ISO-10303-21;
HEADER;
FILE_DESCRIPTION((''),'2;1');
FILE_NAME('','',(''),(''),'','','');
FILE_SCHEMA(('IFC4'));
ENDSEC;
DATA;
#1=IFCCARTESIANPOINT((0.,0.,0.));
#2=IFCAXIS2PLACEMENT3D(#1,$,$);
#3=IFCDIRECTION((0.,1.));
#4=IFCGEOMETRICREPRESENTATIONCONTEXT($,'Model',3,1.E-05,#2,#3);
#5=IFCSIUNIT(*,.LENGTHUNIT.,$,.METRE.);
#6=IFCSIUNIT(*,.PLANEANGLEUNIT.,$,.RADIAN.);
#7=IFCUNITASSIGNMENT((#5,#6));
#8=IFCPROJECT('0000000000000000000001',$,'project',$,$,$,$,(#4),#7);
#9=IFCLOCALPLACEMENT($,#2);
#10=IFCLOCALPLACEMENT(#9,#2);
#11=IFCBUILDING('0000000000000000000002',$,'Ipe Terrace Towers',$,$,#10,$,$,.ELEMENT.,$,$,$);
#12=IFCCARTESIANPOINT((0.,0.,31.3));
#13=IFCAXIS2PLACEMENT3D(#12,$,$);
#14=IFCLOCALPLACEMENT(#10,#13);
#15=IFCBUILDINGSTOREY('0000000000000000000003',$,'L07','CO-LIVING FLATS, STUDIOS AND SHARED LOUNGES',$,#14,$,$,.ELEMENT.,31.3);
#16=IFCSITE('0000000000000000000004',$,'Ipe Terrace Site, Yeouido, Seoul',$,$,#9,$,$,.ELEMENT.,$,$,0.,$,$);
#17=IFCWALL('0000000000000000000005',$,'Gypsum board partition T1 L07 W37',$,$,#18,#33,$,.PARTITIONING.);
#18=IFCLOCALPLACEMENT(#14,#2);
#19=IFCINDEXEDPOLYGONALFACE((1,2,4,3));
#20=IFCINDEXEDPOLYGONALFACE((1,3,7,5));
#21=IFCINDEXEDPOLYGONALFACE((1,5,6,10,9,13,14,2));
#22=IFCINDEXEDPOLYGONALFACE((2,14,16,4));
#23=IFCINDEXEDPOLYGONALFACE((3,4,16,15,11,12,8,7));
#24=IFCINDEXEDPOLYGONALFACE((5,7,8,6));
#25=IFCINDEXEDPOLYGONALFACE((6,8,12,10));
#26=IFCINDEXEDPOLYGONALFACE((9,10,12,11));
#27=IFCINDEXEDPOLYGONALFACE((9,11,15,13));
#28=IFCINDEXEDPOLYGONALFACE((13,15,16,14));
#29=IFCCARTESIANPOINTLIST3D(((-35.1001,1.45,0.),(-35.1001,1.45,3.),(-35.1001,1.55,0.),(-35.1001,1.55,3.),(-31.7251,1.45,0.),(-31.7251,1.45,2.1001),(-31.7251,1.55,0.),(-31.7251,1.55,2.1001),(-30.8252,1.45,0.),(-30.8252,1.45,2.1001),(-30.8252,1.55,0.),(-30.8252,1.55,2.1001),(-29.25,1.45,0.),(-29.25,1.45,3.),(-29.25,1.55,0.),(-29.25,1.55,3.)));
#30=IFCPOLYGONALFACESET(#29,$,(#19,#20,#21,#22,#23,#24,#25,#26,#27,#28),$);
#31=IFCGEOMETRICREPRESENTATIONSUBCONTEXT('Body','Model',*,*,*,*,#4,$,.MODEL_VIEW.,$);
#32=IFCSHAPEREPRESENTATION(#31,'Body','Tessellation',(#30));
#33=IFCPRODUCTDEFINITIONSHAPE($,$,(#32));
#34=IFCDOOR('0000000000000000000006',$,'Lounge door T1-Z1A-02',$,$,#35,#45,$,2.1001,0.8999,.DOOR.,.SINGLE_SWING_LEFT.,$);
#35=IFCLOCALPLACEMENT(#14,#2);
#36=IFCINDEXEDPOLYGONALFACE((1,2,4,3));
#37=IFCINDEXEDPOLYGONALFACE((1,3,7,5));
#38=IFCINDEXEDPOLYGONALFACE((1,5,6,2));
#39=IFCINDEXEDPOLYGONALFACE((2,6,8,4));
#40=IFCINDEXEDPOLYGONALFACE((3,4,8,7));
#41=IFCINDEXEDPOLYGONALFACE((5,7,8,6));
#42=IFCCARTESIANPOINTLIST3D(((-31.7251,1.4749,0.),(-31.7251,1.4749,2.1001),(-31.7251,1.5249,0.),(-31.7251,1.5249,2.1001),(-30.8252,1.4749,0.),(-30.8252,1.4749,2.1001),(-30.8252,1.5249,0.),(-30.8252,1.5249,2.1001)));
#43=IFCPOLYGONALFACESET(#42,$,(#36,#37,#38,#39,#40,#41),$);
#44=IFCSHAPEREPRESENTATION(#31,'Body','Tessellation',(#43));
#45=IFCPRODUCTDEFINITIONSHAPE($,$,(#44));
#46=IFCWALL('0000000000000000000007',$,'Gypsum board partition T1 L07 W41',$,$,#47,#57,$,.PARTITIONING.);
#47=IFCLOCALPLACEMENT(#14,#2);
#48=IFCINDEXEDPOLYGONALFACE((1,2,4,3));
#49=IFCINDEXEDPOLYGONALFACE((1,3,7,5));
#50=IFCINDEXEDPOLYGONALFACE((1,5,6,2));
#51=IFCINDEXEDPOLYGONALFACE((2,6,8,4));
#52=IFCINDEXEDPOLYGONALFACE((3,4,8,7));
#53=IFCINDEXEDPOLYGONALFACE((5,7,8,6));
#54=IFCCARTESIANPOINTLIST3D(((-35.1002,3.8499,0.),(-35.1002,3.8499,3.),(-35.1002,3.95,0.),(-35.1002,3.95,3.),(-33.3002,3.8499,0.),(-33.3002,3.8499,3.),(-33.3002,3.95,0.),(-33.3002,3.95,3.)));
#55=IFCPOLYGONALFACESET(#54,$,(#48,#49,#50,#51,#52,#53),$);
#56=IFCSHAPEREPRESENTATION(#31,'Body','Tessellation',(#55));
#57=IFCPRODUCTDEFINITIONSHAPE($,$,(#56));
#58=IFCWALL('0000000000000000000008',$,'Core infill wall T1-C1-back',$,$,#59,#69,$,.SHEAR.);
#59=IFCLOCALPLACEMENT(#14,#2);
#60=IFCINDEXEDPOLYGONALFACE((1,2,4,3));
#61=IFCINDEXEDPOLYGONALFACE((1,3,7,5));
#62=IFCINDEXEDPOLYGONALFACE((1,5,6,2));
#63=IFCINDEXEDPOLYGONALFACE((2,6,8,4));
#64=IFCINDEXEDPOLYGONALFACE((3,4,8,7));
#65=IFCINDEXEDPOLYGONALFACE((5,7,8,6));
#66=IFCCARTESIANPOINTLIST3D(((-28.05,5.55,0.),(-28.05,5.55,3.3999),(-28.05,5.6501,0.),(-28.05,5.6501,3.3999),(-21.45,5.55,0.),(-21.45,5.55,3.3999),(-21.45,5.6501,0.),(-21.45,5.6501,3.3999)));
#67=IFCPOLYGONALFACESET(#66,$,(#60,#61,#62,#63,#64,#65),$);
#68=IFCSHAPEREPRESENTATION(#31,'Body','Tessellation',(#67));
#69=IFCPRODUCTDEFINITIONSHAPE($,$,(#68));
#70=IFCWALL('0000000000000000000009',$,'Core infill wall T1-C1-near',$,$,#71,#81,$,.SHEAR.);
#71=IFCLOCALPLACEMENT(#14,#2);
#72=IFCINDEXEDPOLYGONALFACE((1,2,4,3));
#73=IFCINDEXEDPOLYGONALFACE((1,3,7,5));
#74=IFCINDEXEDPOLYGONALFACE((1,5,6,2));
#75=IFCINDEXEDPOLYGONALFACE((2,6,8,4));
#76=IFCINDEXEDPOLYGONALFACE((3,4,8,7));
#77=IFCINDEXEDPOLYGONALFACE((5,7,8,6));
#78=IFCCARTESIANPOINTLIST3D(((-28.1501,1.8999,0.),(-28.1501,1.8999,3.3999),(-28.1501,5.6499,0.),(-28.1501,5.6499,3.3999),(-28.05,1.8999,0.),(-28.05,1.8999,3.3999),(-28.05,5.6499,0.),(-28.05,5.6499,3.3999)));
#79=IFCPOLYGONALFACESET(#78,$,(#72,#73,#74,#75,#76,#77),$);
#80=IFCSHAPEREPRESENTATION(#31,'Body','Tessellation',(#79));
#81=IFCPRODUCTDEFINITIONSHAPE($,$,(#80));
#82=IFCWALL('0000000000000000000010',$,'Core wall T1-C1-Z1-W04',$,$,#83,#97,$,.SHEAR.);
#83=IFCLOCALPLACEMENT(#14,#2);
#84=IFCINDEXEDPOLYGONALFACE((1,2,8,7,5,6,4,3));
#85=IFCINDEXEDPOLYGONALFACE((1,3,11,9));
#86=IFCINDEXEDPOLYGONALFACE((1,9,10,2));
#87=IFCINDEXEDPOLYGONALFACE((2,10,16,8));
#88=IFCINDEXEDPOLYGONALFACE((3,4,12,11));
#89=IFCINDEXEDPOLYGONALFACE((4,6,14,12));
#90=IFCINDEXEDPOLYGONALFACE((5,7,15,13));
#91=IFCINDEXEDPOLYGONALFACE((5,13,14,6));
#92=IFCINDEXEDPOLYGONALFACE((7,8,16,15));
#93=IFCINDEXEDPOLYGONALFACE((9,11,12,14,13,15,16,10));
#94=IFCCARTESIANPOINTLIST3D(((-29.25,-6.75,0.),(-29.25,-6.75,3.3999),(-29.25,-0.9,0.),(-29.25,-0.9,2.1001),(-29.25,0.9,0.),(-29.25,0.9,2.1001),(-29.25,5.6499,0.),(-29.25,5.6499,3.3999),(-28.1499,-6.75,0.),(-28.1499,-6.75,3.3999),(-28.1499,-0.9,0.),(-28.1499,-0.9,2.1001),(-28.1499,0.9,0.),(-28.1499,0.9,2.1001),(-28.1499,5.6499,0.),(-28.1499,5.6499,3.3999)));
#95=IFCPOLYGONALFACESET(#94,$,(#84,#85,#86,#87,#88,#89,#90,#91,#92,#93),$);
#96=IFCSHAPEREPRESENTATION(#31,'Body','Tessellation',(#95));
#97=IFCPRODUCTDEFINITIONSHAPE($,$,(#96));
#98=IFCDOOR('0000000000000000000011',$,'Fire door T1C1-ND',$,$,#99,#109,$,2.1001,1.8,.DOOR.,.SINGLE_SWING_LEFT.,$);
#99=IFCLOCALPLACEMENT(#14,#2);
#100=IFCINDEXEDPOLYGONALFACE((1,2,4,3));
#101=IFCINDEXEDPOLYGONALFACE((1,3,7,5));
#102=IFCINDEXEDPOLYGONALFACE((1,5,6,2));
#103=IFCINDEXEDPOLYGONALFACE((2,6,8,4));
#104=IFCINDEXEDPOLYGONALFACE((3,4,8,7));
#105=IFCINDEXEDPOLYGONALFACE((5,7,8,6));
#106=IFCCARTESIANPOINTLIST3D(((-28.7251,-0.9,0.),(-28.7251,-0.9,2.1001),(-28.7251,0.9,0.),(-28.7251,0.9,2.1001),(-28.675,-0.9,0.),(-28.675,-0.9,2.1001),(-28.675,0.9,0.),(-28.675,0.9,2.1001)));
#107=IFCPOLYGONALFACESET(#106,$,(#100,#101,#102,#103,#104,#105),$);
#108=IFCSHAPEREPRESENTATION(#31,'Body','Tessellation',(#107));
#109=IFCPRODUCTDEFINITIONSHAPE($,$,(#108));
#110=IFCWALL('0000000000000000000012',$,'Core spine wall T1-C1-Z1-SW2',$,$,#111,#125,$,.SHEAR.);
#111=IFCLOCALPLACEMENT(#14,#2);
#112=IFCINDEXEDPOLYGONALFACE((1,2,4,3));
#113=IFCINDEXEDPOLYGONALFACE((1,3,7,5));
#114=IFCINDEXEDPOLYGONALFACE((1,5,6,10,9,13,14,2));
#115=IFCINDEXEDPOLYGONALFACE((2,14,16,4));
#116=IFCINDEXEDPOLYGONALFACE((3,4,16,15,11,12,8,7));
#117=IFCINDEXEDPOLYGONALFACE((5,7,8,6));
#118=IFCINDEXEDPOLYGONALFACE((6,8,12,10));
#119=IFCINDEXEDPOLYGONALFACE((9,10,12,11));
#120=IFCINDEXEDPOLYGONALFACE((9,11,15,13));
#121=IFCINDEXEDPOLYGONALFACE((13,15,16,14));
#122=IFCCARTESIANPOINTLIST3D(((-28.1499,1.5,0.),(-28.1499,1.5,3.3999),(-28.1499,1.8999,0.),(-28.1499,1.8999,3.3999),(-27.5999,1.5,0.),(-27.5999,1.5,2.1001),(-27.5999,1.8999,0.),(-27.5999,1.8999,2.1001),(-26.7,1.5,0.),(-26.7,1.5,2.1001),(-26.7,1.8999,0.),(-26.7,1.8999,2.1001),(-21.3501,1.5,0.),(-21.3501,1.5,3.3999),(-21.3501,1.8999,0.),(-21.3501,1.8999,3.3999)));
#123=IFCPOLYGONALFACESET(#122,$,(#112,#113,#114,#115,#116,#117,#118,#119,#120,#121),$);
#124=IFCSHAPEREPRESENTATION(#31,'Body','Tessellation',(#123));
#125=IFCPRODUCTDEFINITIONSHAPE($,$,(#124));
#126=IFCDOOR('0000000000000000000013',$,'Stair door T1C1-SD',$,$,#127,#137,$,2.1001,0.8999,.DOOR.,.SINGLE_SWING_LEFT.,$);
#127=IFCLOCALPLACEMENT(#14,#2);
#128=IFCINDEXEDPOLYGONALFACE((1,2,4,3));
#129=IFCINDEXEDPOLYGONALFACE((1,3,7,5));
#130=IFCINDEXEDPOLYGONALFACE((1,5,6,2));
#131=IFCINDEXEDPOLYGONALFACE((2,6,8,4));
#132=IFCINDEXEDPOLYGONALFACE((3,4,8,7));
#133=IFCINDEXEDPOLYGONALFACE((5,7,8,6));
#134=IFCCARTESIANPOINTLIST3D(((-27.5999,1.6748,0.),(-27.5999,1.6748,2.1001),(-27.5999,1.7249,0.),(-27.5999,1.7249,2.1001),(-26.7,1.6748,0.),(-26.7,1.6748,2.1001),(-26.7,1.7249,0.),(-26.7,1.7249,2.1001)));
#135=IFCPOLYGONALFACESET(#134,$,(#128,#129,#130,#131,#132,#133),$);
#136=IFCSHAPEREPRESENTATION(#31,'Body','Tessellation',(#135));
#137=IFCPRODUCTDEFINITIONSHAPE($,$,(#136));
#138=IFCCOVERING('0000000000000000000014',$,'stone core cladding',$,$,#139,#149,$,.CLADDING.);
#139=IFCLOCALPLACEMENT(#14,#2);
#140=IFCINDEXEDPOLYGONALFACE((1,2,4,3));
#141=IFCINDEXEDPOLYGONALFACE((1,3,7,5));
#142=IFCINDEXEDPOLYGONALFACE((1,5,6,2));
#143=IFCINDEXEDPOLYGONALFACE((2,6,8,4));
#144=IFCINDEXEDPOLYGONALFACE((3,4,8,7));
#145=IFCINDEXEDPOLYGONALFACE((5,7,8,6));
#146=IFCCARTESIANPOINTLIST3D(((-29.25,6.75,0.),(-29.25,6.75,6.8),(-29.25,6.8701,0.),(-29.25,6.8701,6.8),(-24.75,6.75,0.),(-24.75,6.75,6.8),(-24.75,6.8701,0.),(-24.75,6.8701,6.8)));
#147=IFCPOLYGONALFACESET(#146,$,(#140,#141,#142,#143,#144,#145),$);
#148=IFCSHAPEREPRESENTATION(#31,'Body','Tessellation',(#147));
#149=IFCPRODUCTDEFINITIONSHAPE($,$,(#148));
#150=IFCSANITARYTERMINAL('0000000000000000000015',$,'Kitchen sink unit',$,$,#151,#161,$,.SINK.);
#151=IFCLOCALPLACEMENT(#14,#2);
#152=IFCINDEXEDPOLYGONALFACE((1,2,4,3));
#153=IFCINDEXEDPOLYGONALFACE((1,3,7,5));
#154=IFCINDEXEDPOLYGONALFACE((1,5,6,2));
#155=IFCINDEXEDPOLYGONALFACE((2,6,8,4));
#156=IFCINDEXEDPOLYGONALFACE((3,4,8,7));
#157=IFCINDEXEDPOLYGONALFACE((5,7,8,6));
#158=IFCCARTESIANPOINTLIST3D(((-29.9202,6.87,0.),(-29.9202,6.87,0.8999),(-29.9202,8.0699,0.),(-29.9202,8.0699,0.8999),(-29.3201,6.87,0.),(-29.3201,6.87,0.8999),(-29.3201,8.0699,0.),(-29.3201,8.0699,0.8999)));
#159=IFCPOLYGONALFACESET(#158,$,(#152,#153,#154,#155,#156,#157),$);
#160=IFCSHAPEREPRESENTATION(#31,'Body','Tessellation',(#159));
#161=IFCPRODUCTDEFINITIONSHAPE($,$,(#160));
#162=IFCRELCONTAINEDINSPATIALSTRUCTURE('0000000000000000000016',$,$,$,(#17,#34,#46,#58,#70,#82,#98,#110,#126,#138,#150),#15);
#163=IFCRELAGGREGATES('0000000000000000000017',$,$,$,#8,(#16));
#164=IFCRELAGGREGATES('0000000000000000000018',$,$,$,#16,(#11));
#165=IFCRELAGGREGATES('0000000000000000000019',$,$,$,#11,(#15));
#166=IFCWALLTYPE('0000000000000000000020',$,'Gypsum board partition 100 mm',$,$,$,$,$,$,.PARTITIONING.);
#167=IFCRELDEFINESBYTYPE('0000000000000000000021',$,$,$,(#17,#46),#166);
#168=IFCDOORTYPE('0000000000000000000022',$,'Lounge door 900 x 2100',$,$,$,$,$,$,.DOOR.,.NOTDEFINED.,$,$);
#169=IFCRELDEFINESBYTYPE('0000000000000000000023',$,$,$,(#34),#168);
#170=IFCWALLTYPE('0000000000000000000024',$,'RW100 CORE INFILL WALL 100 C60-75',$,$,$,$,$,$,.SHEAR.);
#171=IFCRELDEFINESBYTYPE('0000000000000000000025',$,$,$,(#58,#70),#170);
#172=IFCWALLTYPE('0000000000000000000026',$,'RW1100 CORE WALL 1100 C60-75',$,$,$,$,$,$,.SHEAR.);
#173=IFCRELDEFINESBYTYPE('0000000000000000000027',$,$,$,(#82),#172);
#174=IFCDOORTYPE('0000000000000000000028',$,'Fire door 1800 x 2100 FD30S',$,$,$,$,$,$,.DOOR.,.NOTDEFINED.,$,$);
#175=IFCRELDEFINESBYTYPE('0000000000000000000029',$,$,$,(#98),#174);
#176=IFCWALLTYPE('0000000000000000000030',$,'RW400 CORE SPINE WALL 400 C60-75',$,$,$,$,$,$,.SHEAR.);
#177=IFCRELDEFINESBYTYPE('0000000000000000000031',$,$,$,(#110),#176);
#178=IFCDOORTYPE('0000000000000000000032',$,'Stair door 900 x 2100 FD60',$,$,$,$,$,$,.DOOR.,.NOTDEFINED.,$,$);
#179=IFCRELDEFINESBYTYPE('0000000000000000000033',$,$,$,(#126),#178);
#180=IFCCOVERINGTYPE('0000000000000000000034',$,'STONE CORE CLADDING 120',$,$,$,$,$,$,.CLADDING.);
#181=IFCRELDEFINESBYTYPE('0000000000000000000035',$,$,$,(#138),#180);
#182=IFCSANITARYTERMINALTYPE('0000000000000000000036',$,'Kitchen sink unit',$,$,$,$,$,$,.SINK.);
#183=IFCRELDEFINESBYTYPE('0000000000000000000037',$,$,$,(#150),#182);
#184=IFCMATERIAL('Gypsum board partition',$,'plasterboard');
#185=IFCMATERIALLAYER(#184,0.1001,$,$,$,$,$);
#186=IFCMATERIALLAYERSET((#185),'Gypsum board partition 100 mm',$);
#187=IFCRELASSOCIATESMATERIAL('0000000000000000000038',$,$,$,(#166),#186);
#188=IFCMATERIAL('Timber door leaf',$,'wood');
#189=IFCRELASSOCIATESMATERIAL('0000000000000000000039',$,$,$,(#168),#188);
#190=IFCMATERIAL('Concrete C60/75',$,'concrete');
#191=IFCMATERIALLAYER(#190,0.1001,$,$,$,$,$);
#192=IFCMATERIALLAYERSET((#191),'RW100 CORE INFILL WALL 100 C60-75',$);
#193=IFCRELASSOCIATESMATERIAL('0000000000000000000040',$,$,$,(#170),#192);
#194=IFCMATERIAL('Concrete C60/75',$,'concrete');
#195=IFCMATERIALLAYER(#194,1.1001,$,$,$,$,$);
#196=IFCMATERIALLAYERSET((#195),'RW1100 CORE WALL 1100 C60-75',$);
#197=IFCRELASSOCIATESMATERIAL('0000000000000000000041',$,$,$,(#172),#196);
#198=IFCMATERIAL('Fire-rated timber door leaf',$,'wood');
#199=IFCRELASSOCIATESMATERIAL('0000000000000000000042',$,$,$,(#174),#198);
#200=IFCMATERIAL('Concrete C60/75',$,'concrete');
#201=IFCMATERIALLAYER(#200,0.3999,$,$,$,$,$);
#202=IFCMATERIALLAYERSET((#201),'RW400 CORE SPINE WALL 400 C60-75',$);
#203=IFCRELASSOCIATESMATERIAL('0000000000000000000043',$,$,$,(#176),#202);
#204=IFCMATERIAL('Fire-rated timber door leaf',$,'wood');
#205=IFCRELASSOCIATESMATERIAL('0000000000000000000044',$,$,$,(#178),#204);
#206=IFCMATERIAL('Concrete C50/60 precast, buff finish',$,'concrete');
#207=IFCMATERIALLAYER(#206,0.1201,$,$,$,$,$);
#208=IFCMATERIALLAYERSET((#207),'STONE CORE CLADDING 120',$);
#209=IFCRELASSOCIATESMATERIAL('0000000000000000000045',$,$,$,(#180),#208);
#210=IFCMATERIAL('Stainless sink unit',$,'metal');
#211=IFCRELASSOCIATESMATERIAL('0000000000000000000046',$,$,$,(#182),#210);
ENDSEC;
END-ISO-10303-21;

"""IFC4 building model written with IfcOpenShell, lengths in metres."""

from ifc_helpers import new_model, si_unit, direction, frame, frame_2d, origin, origin_2d, place, context, subcontext, project, spatial, rectangle, extrude, material, layer, layer_set, type_object, element, fill, save


model = new_model("IFC4")

# Units and contexts
model_context = context("Model", 3, precision=1e-05, world=origin(), true_north=direction((0.0, 1.0)))
body_context = subcontext(model_context, "Body", "Model", "MODEL_VIEW")
ifc_project = project(units=[si_unit("LENGTHUNIT", "METRE"), si_unit("PLANEANGLEUNIT", "RADIAN")], contexts=[model_context])

# Site, building, storey
site_placement = place(None, origin())
site = spatial("IfcSite", under=ifc_project, at=site_placement, Name="Ipe Terrace Site, Yeouido, Seoul", CompositionType="ELEMENT", RefElevation=0.0)
building_placement = place(site_placement, origin())
building = spatial("IfcBuilding", under=site, at=building_placement, Name="Ipe Terrace Towers", CompositionType="ELEMENT")
storey_placement = place(building_placement, frame((0.0, 0.0, 31.3)))
storey = spatial("IfcBuildingStorey", under=building, at=storey_placement, Name="L07", Description="CO-LIVING FLATS, STUDIOS AND SHARED LOUNGES", CompositionType="ELEMENT", Elevation=31.3)

# Shared definitions
ifc_material_1 = material(Name="Gypsum board partition", Category="plasterboard")
ifc_layer_1 = layer(ifc_material_1, 0.1001)
ifc_layer_set_1 = layer_set([ifc_layer_1], Name="Gypsum board partition 100 mm")
wall_type_1 = type_object("IfcWallType", Name="Gypsum board partition 100 mm", PredefinedType="PARTITIONING", material=ifc_layer_set_1)
ifc_material_2 = material(Name="Timber door leaf", Category="wood")
door_type_1 = type_object("IfcDoorType", Name="Lounge door 900 x 2100", OperationType="NOTDEFINED", PredefinedType="DOOR", material=ifc_material_2)

# Wall, opening, door
wall_1_placement = place(storey_placement, frame((-35.1001, 1.5, 0.0), z_axis=(0.0, 0.0, 1.0), x_axis=(1.0, 0.0, 0.0)))
wall_1 = element("IfcWall", 1, at=wall_1_placement, inside=storey, type_object=wall_type_1, Name="Gypsum board partition T1 L07 W37", PredefinedType="PARTITIONING", context=body_context, shape_type="SweptSolid", body=[
    extrude(rectangle(XDim=5.8501, YDim=0.1001, at=frame_2d((2.925, 0.0))), origin(), (0.0, 0.0, 1.0), 3.0),
])
opening_1_placement = place(wall_1_placement, frame((3.375, 0.0, 0.0)))
opening_1 = element("IfcOpeningElement", 2, at=opening_1_placement, cuts=wall_1, PredefinedType="OPENING", context=body_context, shape_type="SweptSolid", body=[
    extrude(rectangle(XDim=0.8999, YDim=2.1001, at=frame_2d((0.45, 1.05))), frame((0.0, 0.0601, 0.0), z_axis=(0.0, -1.0, 0.0), x_axis=(1.0, 0.0, 0.0)), (0.0, 0.0, 1.0), 0.1201),
])
door_1_placement = place(opening_1_placement, origin())
door_1 = element("IfcDoor", 3, at=door_1_placement, inside=storey, type_object=door_type_1, Name="Lounge door T1-Z1A-02", OperationType="SINGLE_SWING_LEFT", OverallHeight=2.1001, OverallWidth=0.8999, PredefinedType="DOOR", context=body_context, shape_type="SweptSolid", body=[
    extrude(rectangle(XDim=0.8999, YDim=2.1001, at=frame_2d((0.45, 1.05))), frame((0.0, 0.0249, 0.0), z_axis=(0.0, -1.0, 0.0), x_axis=(1.0, 0.0, 0.0)), (0.0, 0.0, 1.0), 0.05),
])
fill(opening_1, door_1)

# Walls
wall_2_placement = place(storey_placement, frame((-35.1001, 3.8999, 0.0), z_axis=(0.0, 0.0, 1.0), x_axis=(1.0, 0.0, 0.0)))
element("IfcWall", 4, at=wall_2_placement, inside=storey, type_object=wall_type_1, Name="Gypsum board partition T1 L07 W41", PredefinedType="PARTITIONING", context=body_context, shape_type="SweptSolid", body=[
    extrude(rectangle(XDim=1.8, YDim=0.1001, at=frame_2d((0.8999, 0.0))), origin(), (0.0, 0.0, 1.0), 3.0),
])
ifc_material_3 = material(Name="Concrete C60/75", Category="concrete")
ifc_layer_2 = layer(ifc_material_3, 0.1001)
ifc_layer_set_2 = layer_set([ifc_layer_2], Name="RW100 CORE INFILL WALL 100 C60-75")
wall_type_2 = type_object("IfcWallType", Name="RW100 CORE INFILL WALL 100 C60-75", PredefinedType="SHEAR", material=ifc_layer_set_2)
wall_3_placement = place(storey_placement, frame((-28.05, 5.6001, 0.0), z_axis=(0.0, 0.0, 1.0), x_axis=(1.0, 0.0, 0.0)))
element("IfcWall", 5, at=wall_3_placement, inside=storey, type_object=wall_type_2, Name="Core infill wall T1-C1-back", PredefinedType="SHEAR", context=body_context, shape_type="SweptSolid", body=[
    extrude(rectangle(XDim=6.6001, YDim=0.1001, at=frame_2d((3.3, 0.0))), origin(), (0.0, 0.0, 1.0), 3.3999),
])
wall_4_placement = place(storey_placement, frame((-28.1001, 1.8999, 0.0), z_axis=(0.0, 0.0, 1.0), x_axis=(0.0, 1.0, 0.0)))
element("IfcWall", 6, at=wall_4_placement, inside=storey, type_object=wall_type_2, Name="Core infill wall T1-C1-near", PredefinedType="SHEAR", context=body_context, shape_type="SweptSolid", body=[
    extrude(rectangle(XDim=3.75, YDim=0.1001, at=frame_2d((1.875, 0.0))), origin(), (0.0, 0.0, 1.0), 3.3999),
])

# Walls, openings, doors
ifc_material_4 = material(Name="Concrete C60/75", Category="concrete")
ifc_layer_3 = layer(ifc_material_4, 1.1001)
ifc_layer_set_3 = layer_set([ifc_layer_3], Name="RW1100 CORE WALL 1100 C60-75")
wall_type_3 = type_object("IfcWallType", Name="RW1100 CORE WALL 1100 C60-75", PredefinedType="SHEAR", material=ifc_layer_set_3)
wall_5_placement = place(storey_placement, frame((-28.7, 5.6499, 0.0), z_axis=(0.0, 0.0, 1.0), x_axis=(0.0, -1.0, 0.0)))
wall_5 = element("IfcWall", 7, at=wall_5_placement, inside=storey, type_object=wall_type_3, Name="Core wall T1-C1-Z1-W04", PredefinedType="SHEAR", context=body_context, shape_type="SweptSolid", body=[
    extrude(rectangle(XDim=12.3999, YDim=1.1001, at=frame_2d((6.2, 0.0))), origin(), (0.0, 0.0, 1.0), 3.3999),
])
opening_2_placement = place(wall_5_placement, frame((4.75, 0.0, 0.0)))
opening_2 = element("IfcOpeningElement", 8, at=opening_2_placement, cuts=wall_5, PredefinedType="OPENING", context=body_context, shape_type="SweptSolid", body=[
    extrude(rectangle(XDim=1.8, YDim=2.1001, at=frame_2d((0.8999, 1.05))), frame((0.0, 0.5601, 0.0), z_axis=(0.0, -1.0, 0.0), x_axis=(1.0, 0.0, 0.0)), (0.0, 0.0, 1.0), 1.1201),
])
ifc_material_5 = material(Name="Fire-rated timber door leaf", Category="wood")
door_type_2 = type_object("IfcDoorType", Name="Fire door 1800 x 2100 FD30S", OperationType="NOTDEFINED", PredefinedType="DOOR", material=ifc_material_5)
door_2_placement = place(opening_2_placement, origin())
door_2 = element("IfcDoor", 9, at=door_2_placement, inside=storey, type_object=door_type_2, Name="Fire door T1C1-ND", OperationType="SINGLE_SWING_LEFT", OverallHeight=2.1001, OverallWidth=1.8, PredefinedType="DOOR", context=body_context, shape_type="SweptSolid", body=[
    extrude(rectangle(XDim=1.8, YDim=2.1001, at=frame_2d((0.8999, 1.05))), frame((0.0, 0.0249, 0.0), z_axis=(0.0, -1.0, 0.0), x_axis=(1.0, 0.0, 0.0)), (0.0, 0.0, 1.0), 0.05),
])
fill(opening_2, door_2)
ifc_material_6 = material(Name="Concrete C60/75", Category="concrete")
ifc_layer_4 = layer(ifc_material_6, 0.3999)
ifc_layer_set_4 = layer_set([ifc_layer_4], Name="RW400 CORE SPINE WALL 400 C60-75")
wall_type_4 = type_object("IfcWallType", Name="RW400 CORE SPINE WALL 400 C60-75", PredefinedType="SHEAR", material=ifc_layer_set_4)
wall_6_placement = place(storey_placement, frame((-28.1499, 1.7, 0.0), z_axis=(0.0, 0.0, 1.0), x_axis=(1.0, 0.0, 0.0)))
wall_6 = element("IfcWall", 10, at=wall_6_placement, inside=storey, type_object=wall_type_4, Name="Core spine wall T1-C1-Z1-SW2", PredefinedType="SHEAR", context=body_context, shape_type="SweptSolid", body=[
    extrude(rectangle(XDim=6.7998, YDim=0.3999, at=frame_2d((3.3999, 0.0))), origin(), (0.0, 0.0, 1.0), 3.3999),
])
opening_3_placement = place(wall_6_placement, frame((0.55, 0.0, 0.0)))
opening_3 = element("IfcOpeningElement", 11, at=opening_3_placement, cuts=wall_6, PredefinedType="OPENING", context=body_context, shape_type="SweptSolid", body=[
    extrude(rectangle(XDim=0.8999, YDim=2.1001, at=frame_2d((0.45, 1.05))), frame((0.0, 0.21, 0.0), z_axis=(0.0, -1.0, 0.0), x_axis=(1.0, 0.0, 0.0)), (0.0, 0.0, 1.0), 0.4199),
])
ifc_material_7 = material(Name="Fire-rated timber door leaf", Category="wood")
door_type_3 = type_object("IfcDoorType", Name="Stair door 900 x 2100 FD60", OperationType="NOTDEFINED", PredefinedType="DOOR", material=ifc_material_7)
door_3_placement = place(opening_3_placement, origin())
door_3 = element("IfcDoor", 12, at=door_3_placement, inside=storey, type_object=door_type_3, Name="Stair door T1C1-SD", OperationType="SINGLE_SWING_LEFT", OverallHeight=2.1001, OverallWidth=0.8999, PredefinedType="DOOR", context=body_context, shape_type="SweptSolid", body=[
    extrude(rectangle(XDim=0.8999, YDim=2.1001, at=frame_2d((0.45, 1.05))), frame((0.0, 0.0249, 0.0), z_axis=(0.0, -1.0, 0.0), x_axis=(1.0, 0.0, 0.0)), (0.0, 0.0, 1.0), 0.05),
])
fill(opening_3, door_3)

# Covering
ifc_material_8 = material(Name="Concrete C50/60 precast, buff finish", Category="concrete")
ifc_layer_5 = layer(ifc_material_8, 0.1201)
ifc_layer_set_5 = layer_set([ifc_layer_5], Name="STONE CORE CLADDING 120")
covering_type = type_object("IfcCoveringType", Name="STONE CORE CLADDING 120", PredefinedType="CLADDING", material=ifc_layer_set_5)
covering_placement = place(storey_placement, frame((-27.0, 6.8101, 0.0), z_axis=(0.0, 0.0, 1.0), x_axis=(-1.0, 0.0, 0.0)))
element("IfcCovering", 13, at=covering_placement, inside=storey, type_object=covering_type, Name="stone core cladding", PredefinedType="CLADDING", context=body_context, shape_type="SweptSolid", body=[
    extrude(rectangle(XDim=4.5, YDim=0.1201, at=origin_2d()), origin(), (0.0, 0.0, 1.0), 6.8),
])

# Sanitary terminal
ifc_material_9 = material(Name="Stainless sink unit", Category="metal")
sanitary_terminal_type_1 = type_object("IfcSanitaryTerminalType", Name="Kitchen sink unit", PredefinedType="SINK", material=ifc_material_9)
sanitary_terminal_1_placement = place(storey_placement, frame((-29.6201, 7.47, 0.0), z_axis=(0.0, 0.0, 1.0), x_axis=(0.0, -1.0, 0.0)))
element("IfcSanitaryTerminal", 14, at=sanitary_terminal_1_placement, inside=storey, type_object=sanitary_terminal_type_1, Name="Kitchen sink unit", PredefinedType="SINK", context=body_context, shape_type="SweptSolid", body=[
    extrude(rectangle(XDim=1.2, YDim=0.6001, at=origin_2d()), origin(), (0.0, 0.0, 1.0), 0.8999),
])

save(model, "model.ifc")
